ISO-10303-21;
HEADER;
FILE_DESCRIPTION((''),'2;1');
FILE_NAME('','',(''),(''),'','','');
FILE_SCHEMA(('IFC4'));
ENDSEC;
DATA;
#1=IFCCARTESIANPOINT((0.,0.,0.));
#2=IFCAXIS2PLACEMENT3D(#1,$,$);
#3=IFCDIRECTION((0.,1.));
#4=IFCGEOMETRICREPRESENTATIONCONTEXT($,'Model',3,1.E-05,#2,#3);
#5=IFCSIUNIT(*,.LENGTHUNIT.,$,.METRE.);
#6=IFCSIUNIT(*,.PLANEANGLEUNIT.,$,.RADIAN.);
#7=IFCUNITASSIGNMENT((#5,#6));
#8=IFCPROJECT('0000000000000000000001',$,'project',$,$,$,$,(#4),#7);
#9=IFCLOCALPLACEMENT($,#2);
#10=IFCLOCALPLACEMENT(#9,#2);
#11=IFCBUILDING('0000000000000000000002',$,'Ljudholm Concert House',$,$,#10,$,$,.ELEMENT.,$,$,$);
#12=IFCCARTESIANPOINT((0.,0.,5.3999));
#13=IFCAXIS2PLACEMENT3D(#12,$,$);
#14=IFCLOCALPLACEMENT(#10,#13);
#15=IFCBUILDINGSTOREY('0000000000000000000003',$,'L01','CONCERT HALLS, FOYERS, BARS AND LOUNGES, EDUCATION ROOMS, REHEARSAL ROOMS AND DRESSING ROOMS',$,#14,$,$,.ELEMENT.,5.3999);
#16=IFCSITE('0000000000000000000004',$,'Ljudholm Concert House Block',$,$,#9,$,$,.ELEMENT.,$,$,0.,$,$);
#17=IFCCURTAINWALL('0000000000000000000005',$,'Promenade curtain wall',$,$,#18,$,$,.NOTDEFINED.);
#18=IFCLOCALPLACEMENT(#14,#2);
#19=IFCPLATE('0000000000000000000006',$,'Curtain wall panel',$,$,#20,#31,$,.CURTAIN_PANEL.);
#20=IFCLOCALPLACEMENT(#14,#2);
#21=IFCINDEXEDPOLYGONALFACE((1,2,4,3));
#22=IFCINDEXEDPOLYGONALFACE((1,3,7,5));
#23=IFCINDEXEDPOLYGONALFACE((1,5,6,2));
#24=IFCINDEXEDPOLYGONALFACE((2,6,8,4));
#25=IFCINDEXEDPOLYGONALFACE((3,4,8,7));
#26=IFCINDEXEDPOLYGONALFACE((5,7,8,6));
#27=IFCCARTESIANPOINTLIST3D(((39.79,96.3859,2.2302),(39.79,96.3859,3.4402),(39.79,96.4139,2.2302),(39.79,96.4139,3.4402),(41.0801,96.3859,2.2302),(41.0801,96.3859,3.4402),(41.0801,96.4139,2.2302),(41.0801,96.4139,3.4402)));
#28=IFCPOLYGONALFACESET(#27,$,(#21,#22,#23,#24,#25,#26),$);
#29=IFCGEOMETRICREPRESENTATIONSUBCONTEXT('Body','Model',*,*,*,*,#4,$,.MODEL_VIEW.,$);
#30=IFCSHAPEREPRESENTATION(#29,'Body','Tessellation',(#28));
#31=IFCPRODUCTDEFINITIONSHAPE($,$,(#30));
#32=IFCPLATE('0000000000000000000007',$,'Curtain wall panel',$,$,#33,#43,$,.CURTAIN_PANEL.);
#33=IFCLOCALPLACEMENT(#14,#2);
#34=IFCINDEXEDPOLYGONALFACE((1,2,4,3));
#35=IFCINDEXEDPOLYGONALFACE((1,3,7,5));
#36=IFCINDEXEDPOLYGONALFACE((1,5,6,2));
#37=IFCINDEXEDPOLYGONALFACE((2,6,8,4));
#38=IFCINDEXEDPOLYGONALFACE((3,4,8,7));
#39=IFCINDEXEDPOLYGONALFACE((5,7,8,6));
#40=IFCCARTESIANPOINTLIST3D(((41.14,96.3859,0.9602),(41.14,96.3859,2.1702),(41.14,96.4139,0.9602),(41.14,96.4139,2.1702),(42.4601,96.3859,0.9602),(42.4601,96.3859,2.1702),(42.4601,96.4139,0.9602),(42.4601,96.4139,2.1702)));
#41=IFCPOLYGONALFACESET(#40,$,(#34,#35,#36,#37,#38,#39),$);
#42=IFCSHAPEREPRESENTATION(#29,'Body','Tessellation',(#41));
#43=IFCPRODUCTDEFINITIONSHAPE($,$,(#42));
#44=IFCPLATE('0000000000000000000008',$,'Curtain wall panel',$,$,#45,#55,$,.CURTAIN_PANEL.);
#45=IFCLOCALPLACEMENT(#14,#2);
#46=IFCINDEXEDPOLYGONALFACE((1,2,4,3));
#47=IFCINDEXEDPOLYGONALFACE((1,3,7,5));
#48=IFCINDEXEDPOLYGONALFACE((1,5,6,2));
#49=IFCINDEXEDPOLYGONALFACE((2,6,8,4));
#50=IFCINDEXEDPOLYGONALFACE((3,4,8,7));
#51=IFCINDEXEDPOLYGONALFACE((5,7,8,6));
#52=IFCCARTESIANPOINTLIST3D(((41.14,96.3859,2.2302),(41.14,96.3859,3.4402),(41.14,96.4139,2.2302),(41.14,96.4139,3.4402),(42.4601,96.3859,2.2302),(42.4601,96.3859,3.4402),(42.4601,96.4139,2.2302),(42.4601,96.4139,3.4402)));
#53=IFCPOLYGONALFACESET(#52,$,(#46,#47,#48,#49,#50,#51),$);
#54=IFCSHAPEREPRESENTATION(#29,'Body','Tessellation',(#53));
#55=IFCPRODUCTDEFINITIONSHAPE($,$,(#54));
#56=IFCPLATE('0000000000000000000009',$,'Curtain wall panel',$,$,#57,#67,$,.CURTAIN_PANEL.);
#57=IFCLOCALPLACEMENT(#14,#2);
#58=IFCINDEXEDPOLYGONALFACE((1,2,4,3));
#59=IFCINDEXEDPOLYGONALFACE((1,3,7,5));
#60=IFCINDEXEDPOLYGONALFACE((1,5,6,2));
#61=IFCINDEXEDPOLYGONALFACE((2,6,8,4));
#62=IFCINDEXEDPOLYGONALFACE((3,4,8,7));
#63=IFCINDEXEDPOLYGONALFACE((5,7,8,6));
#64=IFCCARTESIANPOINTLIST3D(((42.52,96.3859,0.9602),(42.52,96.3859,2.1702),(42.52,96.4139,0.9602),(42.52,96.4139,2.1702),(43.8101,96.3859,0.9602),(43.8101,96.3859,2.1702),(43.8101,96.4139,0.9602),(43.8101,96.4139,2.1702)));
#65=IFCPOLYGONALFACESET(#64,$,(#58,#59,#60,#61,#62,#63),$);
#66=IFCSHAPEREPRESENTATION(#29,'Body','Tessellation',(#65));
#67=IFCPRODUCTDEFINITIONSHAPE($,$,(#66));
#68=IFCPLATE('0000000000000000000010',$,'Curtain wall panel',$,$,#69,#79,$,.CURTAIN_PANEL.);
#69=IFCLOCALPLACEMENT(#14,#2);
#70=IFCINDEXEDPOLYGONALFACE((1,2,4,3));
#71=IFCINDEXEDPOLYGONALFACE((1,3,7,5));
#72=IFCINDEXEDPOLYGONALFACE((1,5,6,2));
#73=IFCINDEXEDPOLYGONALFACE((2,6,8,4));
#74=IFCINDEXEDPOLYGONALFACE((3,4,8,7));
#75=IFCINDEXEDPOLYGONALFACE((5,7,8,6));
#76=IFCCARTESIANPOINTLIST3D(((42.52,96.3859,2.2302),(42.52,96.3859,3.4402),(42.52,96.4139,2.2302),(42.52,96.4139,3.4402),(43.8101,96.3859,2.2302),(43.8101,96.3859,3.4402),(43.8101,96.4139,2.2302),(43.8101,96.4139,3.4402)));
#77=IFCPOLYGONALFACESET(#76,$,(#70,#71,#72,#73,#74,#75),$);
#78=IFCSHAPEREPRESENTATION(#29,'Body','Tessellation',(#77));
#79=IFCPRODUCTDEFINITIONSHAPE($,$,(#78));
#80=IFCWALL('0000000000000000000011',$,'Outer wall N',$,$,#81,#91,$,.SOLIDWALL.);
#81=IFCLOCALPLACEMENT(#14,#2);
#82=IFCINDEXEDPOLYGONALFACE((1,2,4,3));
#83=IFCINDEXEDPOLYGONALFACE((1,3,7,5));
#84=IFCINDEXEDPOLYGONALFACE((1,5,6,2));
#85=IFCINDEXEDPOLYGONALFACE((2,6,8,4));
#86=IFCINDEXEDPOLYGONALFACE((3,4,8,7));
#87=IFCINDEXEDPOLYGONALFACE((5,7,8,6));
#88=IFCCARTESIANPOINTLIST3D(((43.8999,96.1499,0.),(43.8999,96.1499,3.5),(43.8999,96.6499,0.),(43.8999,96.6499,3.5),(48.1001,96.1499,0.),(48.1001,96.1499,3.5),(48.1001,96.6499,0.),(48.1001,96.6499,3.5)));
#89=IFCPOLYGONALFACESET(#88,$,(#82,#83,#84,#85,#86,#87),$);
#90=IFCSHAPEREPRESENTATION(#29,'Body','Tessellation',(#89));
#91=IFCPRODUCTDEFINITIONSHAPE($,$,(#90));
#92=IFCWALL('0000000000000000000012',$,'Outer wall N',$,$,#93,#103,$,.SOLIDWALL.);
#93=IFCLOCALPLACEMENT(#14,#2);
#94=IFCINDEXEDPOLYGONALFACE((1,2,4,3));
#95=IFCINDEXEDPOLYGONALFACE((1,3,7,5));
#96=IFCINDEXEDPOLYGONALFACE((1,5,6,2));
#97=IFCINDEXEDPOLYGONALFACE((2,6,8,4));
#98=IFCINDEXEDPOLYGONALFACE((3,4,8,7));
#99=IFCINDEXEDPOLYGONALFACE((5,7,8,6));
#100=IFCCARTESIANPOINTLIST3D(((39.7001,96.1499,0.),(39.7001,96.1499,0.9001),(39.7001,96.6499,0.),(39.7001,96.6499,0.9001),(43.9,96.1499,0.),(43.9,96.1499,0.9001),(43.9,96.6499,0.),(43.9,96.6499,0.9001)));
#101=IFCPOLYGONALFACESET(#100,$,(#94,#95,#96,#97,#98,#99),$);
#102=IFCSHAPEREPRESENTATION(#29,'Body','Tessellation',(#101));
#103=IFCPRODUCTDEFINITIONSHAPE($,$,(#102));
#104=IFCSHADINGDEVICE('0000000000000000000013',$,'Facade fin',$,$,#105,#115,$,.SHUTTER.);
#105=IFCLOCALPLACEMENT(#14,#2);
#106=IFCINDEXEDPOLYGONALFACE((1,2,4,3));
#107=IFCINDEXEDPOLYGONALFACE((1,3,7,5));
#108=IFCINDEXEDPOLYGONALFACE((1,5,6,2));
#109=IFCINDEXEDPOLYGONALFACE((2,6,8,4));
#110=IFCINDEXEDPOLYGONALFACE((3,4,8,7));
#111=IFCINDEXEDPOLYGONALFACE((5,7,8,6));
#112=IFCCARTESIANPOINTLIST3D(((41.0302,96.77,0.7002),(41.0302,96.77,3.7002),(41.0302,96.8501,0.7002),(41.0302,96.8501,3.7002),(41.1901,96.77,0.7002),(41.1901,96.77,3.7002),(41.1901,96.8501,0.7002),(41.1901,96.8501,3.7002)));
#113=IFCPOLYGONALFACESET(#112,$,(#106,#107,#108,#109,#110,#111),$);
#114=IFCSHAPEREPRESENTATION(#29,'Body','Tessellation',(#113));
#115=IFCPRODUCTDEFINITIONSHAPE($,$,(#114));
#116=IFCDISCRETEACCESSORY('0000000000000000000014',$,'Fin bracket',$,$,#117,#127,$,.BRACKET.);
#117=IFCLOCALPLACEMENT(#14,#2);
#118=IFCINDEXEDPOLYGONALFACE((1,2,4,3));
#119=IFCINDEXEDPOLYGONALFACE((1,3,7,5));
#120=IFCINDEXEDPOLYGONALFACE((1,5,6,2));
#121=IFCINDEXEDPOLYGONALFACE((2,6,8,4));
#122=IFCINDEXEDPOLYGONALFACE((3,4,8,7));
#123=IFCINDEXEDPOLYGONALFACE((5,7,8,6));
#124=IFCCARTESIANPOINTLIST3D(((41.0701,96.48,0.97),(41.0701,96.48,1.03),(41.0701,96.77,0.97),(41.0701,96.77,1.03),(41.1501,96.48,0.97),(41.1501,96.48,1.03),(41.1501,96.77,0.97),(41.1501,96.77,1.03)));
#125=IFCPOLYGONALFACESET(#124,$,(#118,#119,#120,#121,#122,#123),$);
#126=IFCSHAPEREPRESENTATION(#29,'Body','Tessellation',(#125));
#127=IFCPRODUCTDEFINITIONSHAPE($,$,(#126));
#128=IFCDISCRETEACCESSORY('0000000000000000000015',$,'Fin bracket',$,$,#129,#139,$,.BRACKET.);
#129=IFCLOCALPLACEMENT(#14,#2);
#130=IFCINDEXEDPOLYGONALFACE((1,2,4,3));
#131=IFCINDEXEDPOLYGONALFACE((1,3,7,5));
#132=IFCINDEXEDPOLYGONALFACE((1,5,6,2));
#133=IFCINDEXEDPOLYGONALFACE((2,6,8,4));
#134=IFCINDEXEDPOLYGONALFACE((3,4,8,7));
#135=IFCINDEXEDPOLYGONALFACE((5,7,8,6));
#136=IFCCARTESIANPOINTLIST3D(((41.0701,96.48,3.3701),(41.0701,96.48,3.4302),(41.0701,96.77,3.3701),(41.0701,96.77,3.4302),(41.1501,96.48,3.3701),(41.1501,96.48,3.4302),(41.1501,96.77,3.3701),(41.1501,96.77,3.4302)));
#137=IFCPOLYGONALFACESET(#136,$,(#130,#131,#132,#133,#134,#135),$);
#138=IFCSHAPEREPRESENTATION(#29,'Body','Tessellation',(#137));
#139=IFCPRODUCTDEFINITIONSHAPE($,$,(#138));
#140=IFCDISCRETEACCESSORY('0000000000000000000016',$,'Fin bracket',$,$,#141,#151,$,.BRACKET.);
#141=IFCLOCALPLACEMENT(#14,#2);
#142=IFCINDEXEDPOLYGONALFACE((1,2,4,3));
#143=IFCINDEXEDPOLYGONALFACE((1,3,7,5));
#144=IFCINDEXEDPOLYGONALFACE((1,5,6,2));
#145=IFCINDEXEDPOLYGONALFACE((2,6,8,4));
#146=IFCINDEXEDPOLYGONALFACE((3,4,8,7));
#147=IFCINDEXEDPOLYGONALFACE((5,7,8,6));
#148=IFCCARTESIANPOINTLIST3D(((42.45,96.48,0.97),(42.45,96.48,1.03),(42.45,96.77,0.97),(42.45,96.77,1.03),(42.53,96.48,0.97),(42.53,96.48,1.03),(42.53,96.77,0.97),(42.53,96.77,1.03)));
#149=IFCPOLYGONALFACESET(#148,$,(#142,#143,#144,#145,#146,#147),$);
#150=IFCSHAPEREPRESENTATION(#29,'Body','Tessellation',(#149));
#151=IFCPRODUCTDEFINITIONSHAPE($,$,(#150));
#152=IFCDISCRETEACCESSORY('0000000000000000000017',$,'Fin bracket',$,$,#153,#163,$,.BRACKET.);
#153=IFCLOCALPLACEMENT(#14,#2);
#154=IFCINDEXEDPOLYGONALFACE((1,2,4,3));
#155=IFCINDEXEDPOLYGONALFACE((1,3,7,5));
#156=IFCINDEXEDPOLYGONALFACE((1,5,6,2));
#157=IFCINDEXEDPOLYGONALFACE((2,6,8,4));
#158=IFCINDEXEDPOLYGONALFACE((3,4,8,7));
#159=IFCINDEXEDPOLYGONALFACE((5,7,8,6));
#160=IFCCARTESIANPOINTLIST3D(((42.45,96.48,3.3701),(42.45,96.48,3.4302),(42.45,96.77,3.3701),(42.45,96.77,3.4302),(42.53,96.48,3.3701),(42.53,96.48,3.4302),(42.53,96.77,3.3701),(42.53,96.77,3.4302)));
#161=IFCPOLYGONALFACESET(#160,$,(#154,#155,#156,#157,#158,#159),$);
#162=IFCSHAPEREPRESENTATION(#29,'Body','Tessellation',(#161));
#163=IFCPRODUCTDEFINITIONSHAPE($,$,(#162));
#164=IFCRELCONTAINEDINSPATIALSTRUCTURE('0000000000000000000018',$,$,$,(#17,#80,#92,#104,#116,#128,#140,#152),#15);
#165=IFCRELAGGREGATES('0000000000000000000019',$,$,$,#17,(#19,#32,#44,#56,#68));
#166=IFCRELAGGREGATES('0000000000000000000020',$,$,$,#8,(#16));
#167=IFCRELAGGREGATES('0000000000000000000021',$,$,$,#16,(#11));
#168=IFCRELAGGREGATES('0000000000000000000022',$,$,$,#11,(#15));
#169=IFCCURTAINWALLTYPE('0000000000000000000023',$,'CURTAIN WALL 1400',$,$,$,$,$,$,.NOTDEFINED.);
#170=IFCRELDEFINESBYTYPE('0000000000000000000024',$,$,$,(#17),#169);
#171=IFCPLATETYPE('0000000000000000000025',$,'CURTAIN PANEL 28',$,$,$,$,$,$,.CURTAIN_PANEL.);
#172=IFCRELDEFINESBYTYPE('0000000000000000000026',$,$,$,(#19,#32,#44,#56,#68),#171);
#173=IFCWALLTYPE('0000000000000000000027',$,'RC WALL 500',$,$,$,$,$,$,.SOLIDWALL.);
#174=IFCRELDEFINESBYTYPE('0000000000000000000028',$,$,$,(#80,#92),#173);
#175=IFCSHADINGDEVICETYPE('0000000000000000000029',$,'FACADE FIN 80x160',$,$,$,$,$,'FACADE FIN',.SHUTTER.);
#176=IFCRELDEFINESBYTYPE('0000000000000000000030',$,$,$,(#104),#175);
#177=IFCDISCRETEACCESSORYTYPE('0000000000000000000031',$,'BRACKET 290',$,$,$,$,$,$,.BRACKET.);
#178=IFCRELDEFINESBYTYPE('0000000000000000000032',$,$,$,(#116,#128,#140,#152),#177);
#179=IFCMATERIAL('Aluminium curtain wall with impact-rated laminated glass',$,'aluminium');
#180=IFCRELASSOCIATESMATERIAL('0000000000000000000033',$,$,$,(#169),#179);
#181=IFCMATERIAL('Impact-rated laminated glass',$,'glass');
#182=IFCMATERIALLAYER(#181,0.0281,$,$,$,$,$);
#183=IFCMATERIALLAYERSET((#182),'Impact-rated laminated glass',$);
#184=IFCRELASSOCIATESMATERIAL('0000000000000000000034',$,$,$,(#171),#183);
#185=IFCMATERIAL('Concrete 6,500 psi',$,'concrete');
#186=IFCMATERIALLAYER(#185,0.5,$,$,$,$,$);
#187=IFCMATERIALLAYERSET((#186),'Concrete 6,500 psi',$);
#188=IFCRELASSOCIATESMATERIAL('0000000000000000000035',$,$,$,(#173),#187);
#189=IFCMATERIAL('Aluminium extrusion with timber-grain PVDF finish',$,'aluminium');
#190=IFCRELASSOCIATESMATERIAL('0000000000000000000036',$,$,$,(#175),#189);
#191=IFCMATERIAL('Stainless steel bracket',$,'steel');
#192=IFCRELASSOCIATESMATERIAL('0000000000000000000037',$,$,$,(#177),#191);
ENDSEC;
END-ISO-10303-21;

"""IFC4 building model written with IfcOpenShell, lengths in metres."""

from ifc_helpers import new_model, si_unit, direction, frame, frame_2d, origin, origin_2d, place, context, subcontext, project, spatial, rectangle, extrude, material, layer, layer_set, type_object, element, aggregate, save


model = new_model("IFC4")

# Units and contexts
model_context = context("Model", 3, precision=1e-05, world=origin(), true_north=direction((0.0, 1.0)))
body_context = subcontext(model_context, "Body", "Model", "MODEL_VIEW")
ifc_project = project(units=[si_unit("LENGTHUNIT", "METRE"), si_unit("PLANEANGLEUNIT", "RADIAN")], contexts=[model_context])

# Site, building, storey
site_placement = place(None, origin())
site = spatial("IfcSite", under=ifc_project, at=site_placement, Name="Ljudholm Concert House Block", CompositionType="ELEMENT", RefElevation=0.0)
building_placement = place(site_placement, origin())
building = spatial("IfcBuilding", under=site, at=building_placement, Name="Ljudholm Concert House", CompositionType="ELEMENT")
storey_placement = place(building_placement, frame((0.0, 0.0, 5.3999)))
storey = spatial("IfcBuildingStorey", under=building, at=storey_placement, Name="L01", Description="CONCERT HALLS, FOYERS, BARS AND LOUNGES, EDUCATION ROOMS, REHEARSAL ROOMS AND DRESSING ROOMS", CompositionType="ELEMENT", Elevation=5.3999)

# Curtain wall, plates
ifc_material_1 = material(Name="Aluminium curtain wall with impact-rated laminated glass", Category="aluminium")
curtain_wall_type = type_object("IfcCurtainWallType", Name="CURTAIN WALL 1400", PredefinedType="NOTDEFINED", material=ifc_material_1)
curtain_wall_placement = place(storey_placement, origin())
curtain_wall = element("IfcCurtainWall", 1, at=curtain_wall_placement, inside=storey, type_object=curtain_wall_type, Name="Promenade curtain wall", PredefinedType="NOTDEFINED")
ifc_material_2 = material(Name="Impact-rated laminated glass", Category="glass")
ifc_layer_1 = layer(ifc_material_2, 0.0281)
ifc_layer_set_1 = layer_set([ifc_layer_1], Name="Impact-rated laminated glass")
plate_type = type_object("IfcPlateType", Name="CURTAIN PANEL 28", PredefinedType="CURTAIN_PANEL", material=ifc_layer_set_1)
plate_1_placement = place(storey_placement, frame((40.4351, 96.3999, 2.2302), z_axis=(0.0, 0.0, 1.0), x_axis=(1.0, 0.0, 0.0)))
plate_1 = element("IfcPlate", 2, at=plate_1_placement, type_object=plate_type, Name="Curtain wall panel", PredefinedType="CURTAIN_PANEL", context=body_context, shape_type="SweptSolid", body=[
    extrude(rectangle(XDim=1.29, YDim=0.0281, at=origin_2d()), origin(), (0.0, 0.0, 1.0), 1.21),
])
plate_2_placement = place(storey_placement, frame((41.8, 96.3999, 0.9602), z_axis=(0.0, 0.0, 1.0), x_axis=(1.0, 0.0, 0.0)))
plate_2 = element("IfcPlate", 3, at=plate_2_placement, type_object=plate_type, Name="Curtain wall panel", PredefinedType="CURTAIN_PANEL", context=body_context, shape_type="SweptSolid", body=[
    extrude(rectangle(XDim=1.3201, YDim=0.0281, at=origin_2d()), origin(), (0.0, 0.0, 1.0), 1.21),
])
plate_3_placement = place(storey_placement, frame((41.8, 96.3999, 2.2302), z_axis=(0.0, 0.0, 1.0), x_axis=(1.0, 0.0, 0.0)))
plate_3 = element("IfcPlate", 4, at=plate_3_placement, type_object=plate_type, Name="Curtain wall panel", PredefinedType="CURTAIN_PANEL", context=body_context, shape_type="SweptSolid", body=[
    extrude(rectangle(XDim=1.3201, YDim=0.0281, at=origin_2d()), origin(), (0.0, 0.0, 1.0), 1.21),
])
plate_4_placement = place(storey_placement, frame((43.165, 96.3999, 0.9602), z_axis=(0.0, 0.0, 1.0), x_axis=(1.0, 0.0, 0.0)))
plate_4 = element("IfcPlate", 5, at=plate_4_placement, type_object=plate_type, Name="Curtain wall panel", PredefinedType="CURTAIN_PANEL", context=body_context, shape_type="SweptSolid", body=[
    extrude(rectangle(XDim=1.29, YDim=0.0281, at=origin_2d()), origin(), (0.0, 0.0, 1.0), 1.21),
])
plate_5_placement = place(storey_placement, frame((43.165, 96.3999, 2.2302), z_axis=(0.0, 0.0, 1.0), x_axis=(1.0, 0.0, 0.0)))
plate_5 = element("IfcPlate", 6, at=plate_5_placement, type_object=plate_type, Name="Curtain wall panel", PredefinedType="CURTAIN_PANEL", context=body_context, shape_type="SweptSolid", body=[
    extrude(rectangle(XDim=1.29, YDim=0.0281, at=origin_2d()), origin(), (0.0, 0.0, 1.0), 1.21),
])
aggregate(curtain_wall, [plate_1, plate_2, plate_3, plate_4, plate_5])

# Walls
ifc_material_3 = material(Name="Concrete 6,500 psi", Category="concrete")
ifc_layer_2 = layer(ifc_material_3, 0.5)
ifc_layer_set_2 = layer_set([ifc_layer_2], Name="Concrete 6,500 psi")
wall_type = type_object("IfcWallType", Name="RC WALL 500", PredefinedType="SOLIDWALL", material=ifc_layer_set_2)
wall_1_placement = place(storey_placement, frame((43.8999, 96.3999, 0.0), z_axis=(0.0, 0.0, 1.0), x_axis=(1.0, 0.0, 0.0)))
element("IfcWall", 7, at=wall_1_placement, inside=storey, type_object=wall_type, Name="Outer wall N", PredefinedType="SOLIDWALL", context=body_context, shape_type="SweptSolid", body=[
    extrude(rectangle(XDim=4.2002, YDim=0.5, at=frame_2d((2.1001, 0.0))), origin(), (0.0, 0.0, 1.0), 3.5),
])
wall_2_placement = place(storey_placement, frame((39.7, 96.3999, 0.0), z_axis=(0.0, 0.0, 1.0), x_axis=(1.0, 0.0, 0.0)))
element("IfcWall", 8, at=wall_2_placement, inside=storey, type_object=wall_type, Name="Outer wall N", PredefinedType="SOLIDWALL", context=body_context, shape_type="SweptSolid", body=[
    extrude(rectangle(XDim=4.2, YDim=0.5, at=frame_2d((2.1001, 0.0))), origin(), (0.0, 0.0, 1.0), 0.9001),
])

# Shading device
ifc_material_4 = material(Name="Aluminium extrusion with timber-grain PVDF finish", Category="aluminium")
shading_device_type = type_object("IfcShadingDeviceType", Name="FACADE FIN 80x160", ElementType="FACADE FIN", PredefinedType="SHUTTER", material=ifc_material_4)
shading_device_placement = place(storey_placement, frame((41.1101, 96.8101, 0.7002), z_axis=(0.0, 0.0, 1.0), x_axis=(0.0, 1.0, 0.0)))
element("IfcShadingDevice", 9, at=shading_device_placement, inside=storey, type_object=shading_device_type, Name="Facade fin", PredefinedType="SHUTTER", context=body_context, shape_type="SweptSolid", body=[
    extrude(rectangle(XDim=0.0801, YDim=0.1599, at=origin_2d()), origin(), (0.0, 0.0, 1.0), 3.0),
])

# Discrete accessories
ifc_material_5 = material(Name="Stainless steel bracket", Category="steel")
discrete_accessory_type = type_object("IfcDiscreteAccessoryType", Name="BRACKET 290", PredefinedType="BRACKET", material=ifc_material_5)
for number, where, z_axis, x_axis, name in (
    (10, (41.1101, 96.625, 0.97), (0.0, 0.0, 1.0), (0.0, 1.0, 0.0), "Fin bracket"),
    (11, (41.1101, 96.625, 3.3701), (0.0, 0.0, 1.0), (0.0, 1.0, 0.0), "Fin bracket"),
    (12, (42.49, 96.625, 0.97), (0.0, 0.0, 1.0), (0.0, 1.0, 0.0), "Fin bracket"),
    (13, (42.49, 96.625, 3.3701), (0.0, 0.0, 1.0), (0.0, 1.0, 0.0), "Fin bracket"),
):
    element("IfcDiscreteAccessory", number, at=place(storey_placement, frame(where, z_axis=z_axis, x_axis=x_axis)), inside=storey, type_object=discrete_accessory_type, Name=name, PredefinedType="BRACKET", context=body_context, shape_type="SweptSolid", body=[
        extrude(rectangle(XDim=0.29, YDim=0.0801, at=origin_2d()), origin(), (0.0, 0.0, 1.0), 0.0601),
    ])

save(model, "model.ifc")
